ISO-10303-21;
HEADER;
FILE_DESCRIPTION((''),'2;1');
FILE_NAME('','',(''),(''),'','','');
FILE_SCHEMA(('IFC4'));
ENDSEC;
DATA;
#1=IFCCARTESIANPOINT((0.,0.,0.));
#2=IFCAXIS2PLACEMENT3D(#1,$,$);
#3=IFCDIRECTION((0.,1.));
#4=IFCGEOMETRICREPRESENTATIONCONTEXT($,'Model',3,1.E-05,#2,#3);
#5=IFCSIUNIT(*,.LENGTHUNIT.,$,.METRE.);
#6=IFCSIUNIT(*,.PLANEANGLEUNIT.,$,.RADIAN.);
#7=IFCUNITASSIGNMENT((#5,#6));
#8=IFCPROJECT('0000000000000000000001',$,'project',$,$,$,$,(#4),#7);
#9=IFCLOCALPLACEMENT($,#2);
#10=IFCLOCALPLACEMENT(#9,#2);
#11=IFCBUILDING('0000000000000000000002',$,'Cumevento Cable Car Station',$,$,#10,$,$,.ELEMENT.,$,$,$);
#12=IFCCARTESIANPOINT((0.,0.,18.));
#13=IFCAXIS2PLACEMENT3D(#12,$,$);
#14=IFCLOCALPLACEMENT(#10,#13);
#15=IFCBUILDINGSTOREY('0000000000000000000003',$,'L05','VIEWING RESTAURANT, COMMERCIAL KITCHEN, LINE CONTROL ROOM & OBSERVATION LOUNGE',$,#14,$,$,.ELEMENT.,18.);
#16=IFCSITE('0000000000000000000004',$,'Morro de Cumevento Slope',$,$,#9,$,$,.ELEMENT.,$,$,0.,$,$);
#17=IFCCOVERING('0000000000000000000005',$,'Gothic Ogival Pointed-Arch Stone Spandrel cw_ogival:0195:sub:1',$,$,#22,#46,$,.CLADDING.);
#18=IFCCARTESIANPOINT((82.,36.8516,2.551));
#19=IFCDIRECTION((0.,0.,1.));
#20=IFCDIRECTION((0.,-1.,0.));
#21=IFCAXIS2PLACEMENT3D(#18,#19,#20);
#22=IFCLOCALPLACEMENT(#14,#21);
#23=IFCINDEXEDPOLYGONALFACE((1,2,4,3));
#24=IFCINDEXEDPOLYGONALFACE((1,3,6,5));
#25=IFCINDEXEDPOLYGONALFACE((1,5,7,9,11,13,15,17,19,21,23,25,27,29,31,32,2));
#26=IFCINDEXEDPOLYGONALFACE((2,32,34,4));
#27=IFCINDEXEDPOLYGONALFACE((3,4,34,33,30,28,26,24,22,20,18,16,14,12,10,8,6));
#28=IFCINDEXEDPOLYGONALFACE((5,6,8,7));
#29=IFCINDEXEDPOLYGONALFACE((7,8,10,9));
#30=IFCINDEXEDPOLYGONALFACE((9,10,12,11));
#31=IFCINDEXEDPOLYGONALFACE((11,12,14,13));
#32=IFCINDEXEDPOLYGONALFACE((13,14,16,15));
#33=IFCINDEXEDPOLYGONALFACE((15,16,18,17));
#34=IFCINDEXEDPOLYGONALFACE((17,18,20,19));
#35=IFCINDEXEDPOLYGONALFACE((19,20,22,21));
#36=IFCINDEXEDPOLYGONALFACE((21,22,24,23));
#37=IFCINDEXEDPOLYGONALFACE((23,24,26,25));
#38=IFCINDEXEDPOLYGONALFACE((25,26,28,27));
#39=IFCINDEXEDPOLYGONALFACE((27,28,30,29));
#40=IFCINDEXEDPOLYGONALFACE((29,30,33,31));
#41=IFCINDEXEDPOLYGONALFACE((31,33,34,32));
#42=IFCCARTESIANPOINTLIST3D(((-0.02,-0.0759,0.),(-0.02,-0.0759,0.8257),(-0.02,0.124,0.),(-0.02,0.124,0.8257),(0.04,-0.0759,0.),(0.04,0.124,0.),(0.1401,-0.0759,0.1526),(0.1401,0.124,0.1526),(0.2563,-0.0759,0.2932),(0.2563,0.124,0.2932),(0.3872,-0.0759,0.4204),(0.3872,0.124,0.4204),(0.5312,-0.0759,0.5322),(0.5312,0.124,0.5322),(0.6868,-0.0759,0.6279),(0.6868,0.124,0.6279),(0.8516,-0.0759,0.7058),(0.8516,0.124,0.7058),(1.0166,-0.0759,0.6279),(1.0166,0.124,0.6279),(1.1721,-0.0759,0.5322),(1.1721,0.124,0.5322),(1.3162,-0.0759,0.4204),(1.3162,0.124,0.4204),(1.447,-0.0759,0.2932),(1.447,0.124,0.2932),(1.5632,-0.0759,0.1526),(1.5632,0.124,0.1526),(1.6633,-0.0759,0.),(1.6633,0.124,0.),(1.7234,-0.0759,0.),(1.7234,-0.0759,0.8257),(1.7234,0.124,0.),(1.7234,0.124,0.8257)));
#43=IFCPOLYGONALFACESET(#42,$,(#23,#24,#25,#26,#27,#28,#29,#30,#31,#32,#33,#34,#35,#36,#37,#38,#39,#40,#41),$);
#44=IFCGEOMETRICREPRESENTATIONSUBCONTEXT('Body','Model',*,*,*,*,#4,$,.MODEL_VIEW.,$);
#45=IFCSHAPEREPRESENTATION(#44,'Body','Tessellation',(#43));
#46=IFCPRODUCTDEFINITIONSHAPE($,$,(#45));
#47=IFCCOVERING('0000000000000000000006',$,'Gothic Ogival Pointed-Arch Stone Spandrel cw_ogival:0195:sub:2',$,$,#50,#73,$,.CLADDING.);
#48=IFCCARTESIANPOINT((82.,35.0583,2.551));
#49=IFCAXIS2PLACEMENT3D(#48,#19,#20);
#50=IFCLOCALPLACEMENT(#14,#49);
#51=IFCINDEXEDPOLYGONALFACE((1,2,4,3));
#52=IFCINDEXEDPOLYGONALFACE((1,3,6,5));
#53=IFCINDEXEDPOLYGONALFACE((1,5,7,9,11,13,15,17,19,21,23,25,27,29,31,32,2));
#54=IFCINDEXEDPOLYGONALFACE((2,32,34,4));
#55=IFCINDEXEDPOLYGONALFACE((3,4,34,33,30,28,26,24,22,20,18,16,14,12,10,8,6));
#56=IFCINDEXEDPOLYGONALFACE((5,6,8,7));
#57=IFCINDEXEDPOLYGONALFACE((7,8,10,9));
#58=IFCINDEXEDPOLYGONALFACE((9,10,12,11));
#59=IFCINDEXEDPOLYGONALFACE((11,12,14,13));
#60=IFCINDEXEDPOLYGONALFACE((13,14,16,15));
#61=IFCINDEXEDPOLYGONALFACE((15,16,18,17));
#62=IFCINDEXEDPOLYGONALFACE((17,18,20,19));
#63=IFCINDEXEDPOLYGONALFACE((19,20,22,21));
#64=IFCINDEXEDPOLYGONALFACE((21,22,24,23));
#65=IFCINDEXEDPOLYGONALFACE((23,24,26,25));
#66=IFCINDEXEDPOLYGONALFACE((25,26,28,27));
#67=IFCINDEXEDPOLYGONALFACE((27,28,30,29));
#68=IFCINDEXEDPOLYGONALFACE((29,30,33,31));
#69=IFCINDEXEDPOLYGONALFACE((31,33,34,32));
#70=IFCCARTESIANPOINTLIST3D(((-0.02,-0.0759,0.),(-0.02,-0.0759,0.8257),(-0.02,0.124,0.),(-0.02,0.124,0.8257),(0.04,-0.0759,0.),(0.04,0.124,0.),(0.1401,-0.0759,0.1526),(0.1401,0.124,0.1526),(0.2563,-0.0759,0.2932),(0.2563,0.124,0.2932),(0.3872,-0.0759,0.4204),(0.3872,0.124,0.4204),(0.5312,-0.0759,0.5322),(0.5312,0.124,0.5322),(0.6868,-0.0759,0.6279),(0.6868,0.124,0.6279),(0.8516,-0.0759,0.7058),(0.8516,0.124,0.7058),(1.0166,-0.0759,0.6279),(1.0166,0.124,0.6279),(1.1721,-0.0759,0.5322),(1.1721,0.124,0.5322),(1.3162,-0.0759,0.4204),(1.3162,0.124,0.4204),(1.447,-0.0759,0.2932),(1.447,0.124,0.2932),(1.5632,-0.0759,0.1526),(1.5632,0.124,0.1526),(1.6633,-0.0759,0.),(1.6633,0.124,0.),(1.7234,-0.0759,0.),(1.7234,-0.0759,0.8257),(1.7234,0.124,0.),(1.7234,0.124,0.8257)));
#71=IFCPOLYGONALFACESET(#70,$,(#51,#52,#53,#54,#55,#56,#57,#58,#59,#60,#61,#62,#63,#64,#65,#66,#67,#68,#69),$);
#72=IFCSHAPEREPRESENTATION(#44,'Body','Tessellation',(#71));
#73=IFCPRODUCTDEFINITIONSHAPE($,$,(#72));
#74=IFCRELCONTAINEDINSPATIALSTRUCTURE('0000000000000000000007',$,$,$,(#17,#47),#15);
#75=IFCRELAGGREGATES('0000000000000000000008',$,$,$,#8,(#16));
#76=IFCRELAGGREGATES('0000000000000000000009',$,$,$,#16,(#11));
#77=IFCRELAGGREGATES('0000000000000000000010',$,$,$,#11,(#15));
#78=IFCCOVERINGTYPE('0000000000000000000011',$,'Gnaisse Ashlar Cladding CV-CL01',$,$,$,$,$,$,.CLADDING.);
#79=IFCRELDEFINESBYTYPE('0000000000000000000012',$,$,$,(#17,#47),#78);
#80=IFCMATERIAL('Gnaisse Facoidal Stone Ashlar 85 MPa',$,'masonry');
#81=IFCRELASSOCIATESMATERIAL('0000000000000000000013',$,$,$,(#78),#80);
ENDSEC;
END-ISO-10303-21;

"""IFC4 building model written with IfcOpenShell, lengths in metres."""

from ifc_helpers import new_model, si_unit, direction, frame, origin, place, context, subcontext, project, spatial, polyline, outline, extrude, material, type_object, element, save


model = new_model("IFC4")

# Units and contexts
model_context = context("Model", 3, precision=1e-05, world=origin(), true_north=direction((0.0, 1.0)))
body_context = subcontext(model_context, "Body", "Model", "MODEL_VIEW")
ifc_project = project(units=[si_unit("LENGTHUNIT", "METRE"), si_unit("PLANEANGLEUNIT", "RADIAN")], contexts=[model_context])

# Site, building, storey
site_placement = place(None, origin())
site = spatial("IfcSite", under=ifc_project, at=site_placement, Name="Morro de Cumevento Slope", CompositionType="ELEMENT", RefElevation=0.0)
building_placement = place(site_placement, origin())
building = spatial("IfcBuilding", under=site, at=building_placement, Name="Cumevento Cable Car Station", CompositionType="ELEMENT")
storey_placement = place(building_placement, frame((0.0, 0.0, 18.0)))
storey = spatial("IfcBuildingStorey", under=building, at=storey_placement, Name="L05", Description="VIEWING RESTAURANT, COMMERCIAL KITCHEN, LINE CONTROL ROOM & OBSERVATION LOUNGE", CompositionType="ELEMENT", Elevation=18.0)

# Coverings
ifc_material_1 = material(Name="Gnaisse Facoidal Stone Ashlar 85 MPa", Category="masonry")
covering_type = type_object("IfcCoveringType", Name="Gnaisse Ashlar Cladding CV-CL01", PredefinedType="CLADDING", material=ifc_material_1)
for number, where, z_axis, x_axis, name in (
    (1, (82.0, 36.8516, 2.551), (0.0, 0.0, 1.0), (0.0, -1.0, 0.0), "Gothic Ogival Pointed-Arch Stone Spandrel cw_ogival:0195:sub:1"),
    (2, (82.0, 35.0583, 2.551), (0.0, 0.0, 1.0), (0.0, -1.0, 0.0), "Gothic Ogival Pointed-Arch Stone Spandrel cw_ogival:0195:sub:2"),
):
    element("IfcCovering", number, at=place(storey_placement, frame(where, z_axis=z_axis, x_axis=x_axis)), inside=storey, type_object=covering_type, Name=name, PredefinedType="CLADDING", context=body_context, shape_type="SweptSolid", body=[
        extrude(outline(polyline([(-0.02, 0.0), (-0.02, 0.8257), (1.7234, 0.8257), (1.7234, 0.0), (1.6633, 0.0), (1.5632, 0.1526), (1.447, 0.2932), (1.3162, 0.4204), (1.1721, 0.5322), (1.0166, 0.6279), (0.8516, 0.7058), (0.6868, 0.6279), (0.5312, 0.5322), (0.3872, 0.4204), (0.2563, 0.2932), (0.1401, 0.1526), (0.04, 0.0), (-0.02, 0.0)])), frame((0.0, 0.124, 0.0), z_axis=(0.0, -1.0, 0.0), x_axis=(1.0, 0.0, 0.0)), (0.0, 0.0, 1.0), 0.2),
    ])

save(model, "model.ifc")
